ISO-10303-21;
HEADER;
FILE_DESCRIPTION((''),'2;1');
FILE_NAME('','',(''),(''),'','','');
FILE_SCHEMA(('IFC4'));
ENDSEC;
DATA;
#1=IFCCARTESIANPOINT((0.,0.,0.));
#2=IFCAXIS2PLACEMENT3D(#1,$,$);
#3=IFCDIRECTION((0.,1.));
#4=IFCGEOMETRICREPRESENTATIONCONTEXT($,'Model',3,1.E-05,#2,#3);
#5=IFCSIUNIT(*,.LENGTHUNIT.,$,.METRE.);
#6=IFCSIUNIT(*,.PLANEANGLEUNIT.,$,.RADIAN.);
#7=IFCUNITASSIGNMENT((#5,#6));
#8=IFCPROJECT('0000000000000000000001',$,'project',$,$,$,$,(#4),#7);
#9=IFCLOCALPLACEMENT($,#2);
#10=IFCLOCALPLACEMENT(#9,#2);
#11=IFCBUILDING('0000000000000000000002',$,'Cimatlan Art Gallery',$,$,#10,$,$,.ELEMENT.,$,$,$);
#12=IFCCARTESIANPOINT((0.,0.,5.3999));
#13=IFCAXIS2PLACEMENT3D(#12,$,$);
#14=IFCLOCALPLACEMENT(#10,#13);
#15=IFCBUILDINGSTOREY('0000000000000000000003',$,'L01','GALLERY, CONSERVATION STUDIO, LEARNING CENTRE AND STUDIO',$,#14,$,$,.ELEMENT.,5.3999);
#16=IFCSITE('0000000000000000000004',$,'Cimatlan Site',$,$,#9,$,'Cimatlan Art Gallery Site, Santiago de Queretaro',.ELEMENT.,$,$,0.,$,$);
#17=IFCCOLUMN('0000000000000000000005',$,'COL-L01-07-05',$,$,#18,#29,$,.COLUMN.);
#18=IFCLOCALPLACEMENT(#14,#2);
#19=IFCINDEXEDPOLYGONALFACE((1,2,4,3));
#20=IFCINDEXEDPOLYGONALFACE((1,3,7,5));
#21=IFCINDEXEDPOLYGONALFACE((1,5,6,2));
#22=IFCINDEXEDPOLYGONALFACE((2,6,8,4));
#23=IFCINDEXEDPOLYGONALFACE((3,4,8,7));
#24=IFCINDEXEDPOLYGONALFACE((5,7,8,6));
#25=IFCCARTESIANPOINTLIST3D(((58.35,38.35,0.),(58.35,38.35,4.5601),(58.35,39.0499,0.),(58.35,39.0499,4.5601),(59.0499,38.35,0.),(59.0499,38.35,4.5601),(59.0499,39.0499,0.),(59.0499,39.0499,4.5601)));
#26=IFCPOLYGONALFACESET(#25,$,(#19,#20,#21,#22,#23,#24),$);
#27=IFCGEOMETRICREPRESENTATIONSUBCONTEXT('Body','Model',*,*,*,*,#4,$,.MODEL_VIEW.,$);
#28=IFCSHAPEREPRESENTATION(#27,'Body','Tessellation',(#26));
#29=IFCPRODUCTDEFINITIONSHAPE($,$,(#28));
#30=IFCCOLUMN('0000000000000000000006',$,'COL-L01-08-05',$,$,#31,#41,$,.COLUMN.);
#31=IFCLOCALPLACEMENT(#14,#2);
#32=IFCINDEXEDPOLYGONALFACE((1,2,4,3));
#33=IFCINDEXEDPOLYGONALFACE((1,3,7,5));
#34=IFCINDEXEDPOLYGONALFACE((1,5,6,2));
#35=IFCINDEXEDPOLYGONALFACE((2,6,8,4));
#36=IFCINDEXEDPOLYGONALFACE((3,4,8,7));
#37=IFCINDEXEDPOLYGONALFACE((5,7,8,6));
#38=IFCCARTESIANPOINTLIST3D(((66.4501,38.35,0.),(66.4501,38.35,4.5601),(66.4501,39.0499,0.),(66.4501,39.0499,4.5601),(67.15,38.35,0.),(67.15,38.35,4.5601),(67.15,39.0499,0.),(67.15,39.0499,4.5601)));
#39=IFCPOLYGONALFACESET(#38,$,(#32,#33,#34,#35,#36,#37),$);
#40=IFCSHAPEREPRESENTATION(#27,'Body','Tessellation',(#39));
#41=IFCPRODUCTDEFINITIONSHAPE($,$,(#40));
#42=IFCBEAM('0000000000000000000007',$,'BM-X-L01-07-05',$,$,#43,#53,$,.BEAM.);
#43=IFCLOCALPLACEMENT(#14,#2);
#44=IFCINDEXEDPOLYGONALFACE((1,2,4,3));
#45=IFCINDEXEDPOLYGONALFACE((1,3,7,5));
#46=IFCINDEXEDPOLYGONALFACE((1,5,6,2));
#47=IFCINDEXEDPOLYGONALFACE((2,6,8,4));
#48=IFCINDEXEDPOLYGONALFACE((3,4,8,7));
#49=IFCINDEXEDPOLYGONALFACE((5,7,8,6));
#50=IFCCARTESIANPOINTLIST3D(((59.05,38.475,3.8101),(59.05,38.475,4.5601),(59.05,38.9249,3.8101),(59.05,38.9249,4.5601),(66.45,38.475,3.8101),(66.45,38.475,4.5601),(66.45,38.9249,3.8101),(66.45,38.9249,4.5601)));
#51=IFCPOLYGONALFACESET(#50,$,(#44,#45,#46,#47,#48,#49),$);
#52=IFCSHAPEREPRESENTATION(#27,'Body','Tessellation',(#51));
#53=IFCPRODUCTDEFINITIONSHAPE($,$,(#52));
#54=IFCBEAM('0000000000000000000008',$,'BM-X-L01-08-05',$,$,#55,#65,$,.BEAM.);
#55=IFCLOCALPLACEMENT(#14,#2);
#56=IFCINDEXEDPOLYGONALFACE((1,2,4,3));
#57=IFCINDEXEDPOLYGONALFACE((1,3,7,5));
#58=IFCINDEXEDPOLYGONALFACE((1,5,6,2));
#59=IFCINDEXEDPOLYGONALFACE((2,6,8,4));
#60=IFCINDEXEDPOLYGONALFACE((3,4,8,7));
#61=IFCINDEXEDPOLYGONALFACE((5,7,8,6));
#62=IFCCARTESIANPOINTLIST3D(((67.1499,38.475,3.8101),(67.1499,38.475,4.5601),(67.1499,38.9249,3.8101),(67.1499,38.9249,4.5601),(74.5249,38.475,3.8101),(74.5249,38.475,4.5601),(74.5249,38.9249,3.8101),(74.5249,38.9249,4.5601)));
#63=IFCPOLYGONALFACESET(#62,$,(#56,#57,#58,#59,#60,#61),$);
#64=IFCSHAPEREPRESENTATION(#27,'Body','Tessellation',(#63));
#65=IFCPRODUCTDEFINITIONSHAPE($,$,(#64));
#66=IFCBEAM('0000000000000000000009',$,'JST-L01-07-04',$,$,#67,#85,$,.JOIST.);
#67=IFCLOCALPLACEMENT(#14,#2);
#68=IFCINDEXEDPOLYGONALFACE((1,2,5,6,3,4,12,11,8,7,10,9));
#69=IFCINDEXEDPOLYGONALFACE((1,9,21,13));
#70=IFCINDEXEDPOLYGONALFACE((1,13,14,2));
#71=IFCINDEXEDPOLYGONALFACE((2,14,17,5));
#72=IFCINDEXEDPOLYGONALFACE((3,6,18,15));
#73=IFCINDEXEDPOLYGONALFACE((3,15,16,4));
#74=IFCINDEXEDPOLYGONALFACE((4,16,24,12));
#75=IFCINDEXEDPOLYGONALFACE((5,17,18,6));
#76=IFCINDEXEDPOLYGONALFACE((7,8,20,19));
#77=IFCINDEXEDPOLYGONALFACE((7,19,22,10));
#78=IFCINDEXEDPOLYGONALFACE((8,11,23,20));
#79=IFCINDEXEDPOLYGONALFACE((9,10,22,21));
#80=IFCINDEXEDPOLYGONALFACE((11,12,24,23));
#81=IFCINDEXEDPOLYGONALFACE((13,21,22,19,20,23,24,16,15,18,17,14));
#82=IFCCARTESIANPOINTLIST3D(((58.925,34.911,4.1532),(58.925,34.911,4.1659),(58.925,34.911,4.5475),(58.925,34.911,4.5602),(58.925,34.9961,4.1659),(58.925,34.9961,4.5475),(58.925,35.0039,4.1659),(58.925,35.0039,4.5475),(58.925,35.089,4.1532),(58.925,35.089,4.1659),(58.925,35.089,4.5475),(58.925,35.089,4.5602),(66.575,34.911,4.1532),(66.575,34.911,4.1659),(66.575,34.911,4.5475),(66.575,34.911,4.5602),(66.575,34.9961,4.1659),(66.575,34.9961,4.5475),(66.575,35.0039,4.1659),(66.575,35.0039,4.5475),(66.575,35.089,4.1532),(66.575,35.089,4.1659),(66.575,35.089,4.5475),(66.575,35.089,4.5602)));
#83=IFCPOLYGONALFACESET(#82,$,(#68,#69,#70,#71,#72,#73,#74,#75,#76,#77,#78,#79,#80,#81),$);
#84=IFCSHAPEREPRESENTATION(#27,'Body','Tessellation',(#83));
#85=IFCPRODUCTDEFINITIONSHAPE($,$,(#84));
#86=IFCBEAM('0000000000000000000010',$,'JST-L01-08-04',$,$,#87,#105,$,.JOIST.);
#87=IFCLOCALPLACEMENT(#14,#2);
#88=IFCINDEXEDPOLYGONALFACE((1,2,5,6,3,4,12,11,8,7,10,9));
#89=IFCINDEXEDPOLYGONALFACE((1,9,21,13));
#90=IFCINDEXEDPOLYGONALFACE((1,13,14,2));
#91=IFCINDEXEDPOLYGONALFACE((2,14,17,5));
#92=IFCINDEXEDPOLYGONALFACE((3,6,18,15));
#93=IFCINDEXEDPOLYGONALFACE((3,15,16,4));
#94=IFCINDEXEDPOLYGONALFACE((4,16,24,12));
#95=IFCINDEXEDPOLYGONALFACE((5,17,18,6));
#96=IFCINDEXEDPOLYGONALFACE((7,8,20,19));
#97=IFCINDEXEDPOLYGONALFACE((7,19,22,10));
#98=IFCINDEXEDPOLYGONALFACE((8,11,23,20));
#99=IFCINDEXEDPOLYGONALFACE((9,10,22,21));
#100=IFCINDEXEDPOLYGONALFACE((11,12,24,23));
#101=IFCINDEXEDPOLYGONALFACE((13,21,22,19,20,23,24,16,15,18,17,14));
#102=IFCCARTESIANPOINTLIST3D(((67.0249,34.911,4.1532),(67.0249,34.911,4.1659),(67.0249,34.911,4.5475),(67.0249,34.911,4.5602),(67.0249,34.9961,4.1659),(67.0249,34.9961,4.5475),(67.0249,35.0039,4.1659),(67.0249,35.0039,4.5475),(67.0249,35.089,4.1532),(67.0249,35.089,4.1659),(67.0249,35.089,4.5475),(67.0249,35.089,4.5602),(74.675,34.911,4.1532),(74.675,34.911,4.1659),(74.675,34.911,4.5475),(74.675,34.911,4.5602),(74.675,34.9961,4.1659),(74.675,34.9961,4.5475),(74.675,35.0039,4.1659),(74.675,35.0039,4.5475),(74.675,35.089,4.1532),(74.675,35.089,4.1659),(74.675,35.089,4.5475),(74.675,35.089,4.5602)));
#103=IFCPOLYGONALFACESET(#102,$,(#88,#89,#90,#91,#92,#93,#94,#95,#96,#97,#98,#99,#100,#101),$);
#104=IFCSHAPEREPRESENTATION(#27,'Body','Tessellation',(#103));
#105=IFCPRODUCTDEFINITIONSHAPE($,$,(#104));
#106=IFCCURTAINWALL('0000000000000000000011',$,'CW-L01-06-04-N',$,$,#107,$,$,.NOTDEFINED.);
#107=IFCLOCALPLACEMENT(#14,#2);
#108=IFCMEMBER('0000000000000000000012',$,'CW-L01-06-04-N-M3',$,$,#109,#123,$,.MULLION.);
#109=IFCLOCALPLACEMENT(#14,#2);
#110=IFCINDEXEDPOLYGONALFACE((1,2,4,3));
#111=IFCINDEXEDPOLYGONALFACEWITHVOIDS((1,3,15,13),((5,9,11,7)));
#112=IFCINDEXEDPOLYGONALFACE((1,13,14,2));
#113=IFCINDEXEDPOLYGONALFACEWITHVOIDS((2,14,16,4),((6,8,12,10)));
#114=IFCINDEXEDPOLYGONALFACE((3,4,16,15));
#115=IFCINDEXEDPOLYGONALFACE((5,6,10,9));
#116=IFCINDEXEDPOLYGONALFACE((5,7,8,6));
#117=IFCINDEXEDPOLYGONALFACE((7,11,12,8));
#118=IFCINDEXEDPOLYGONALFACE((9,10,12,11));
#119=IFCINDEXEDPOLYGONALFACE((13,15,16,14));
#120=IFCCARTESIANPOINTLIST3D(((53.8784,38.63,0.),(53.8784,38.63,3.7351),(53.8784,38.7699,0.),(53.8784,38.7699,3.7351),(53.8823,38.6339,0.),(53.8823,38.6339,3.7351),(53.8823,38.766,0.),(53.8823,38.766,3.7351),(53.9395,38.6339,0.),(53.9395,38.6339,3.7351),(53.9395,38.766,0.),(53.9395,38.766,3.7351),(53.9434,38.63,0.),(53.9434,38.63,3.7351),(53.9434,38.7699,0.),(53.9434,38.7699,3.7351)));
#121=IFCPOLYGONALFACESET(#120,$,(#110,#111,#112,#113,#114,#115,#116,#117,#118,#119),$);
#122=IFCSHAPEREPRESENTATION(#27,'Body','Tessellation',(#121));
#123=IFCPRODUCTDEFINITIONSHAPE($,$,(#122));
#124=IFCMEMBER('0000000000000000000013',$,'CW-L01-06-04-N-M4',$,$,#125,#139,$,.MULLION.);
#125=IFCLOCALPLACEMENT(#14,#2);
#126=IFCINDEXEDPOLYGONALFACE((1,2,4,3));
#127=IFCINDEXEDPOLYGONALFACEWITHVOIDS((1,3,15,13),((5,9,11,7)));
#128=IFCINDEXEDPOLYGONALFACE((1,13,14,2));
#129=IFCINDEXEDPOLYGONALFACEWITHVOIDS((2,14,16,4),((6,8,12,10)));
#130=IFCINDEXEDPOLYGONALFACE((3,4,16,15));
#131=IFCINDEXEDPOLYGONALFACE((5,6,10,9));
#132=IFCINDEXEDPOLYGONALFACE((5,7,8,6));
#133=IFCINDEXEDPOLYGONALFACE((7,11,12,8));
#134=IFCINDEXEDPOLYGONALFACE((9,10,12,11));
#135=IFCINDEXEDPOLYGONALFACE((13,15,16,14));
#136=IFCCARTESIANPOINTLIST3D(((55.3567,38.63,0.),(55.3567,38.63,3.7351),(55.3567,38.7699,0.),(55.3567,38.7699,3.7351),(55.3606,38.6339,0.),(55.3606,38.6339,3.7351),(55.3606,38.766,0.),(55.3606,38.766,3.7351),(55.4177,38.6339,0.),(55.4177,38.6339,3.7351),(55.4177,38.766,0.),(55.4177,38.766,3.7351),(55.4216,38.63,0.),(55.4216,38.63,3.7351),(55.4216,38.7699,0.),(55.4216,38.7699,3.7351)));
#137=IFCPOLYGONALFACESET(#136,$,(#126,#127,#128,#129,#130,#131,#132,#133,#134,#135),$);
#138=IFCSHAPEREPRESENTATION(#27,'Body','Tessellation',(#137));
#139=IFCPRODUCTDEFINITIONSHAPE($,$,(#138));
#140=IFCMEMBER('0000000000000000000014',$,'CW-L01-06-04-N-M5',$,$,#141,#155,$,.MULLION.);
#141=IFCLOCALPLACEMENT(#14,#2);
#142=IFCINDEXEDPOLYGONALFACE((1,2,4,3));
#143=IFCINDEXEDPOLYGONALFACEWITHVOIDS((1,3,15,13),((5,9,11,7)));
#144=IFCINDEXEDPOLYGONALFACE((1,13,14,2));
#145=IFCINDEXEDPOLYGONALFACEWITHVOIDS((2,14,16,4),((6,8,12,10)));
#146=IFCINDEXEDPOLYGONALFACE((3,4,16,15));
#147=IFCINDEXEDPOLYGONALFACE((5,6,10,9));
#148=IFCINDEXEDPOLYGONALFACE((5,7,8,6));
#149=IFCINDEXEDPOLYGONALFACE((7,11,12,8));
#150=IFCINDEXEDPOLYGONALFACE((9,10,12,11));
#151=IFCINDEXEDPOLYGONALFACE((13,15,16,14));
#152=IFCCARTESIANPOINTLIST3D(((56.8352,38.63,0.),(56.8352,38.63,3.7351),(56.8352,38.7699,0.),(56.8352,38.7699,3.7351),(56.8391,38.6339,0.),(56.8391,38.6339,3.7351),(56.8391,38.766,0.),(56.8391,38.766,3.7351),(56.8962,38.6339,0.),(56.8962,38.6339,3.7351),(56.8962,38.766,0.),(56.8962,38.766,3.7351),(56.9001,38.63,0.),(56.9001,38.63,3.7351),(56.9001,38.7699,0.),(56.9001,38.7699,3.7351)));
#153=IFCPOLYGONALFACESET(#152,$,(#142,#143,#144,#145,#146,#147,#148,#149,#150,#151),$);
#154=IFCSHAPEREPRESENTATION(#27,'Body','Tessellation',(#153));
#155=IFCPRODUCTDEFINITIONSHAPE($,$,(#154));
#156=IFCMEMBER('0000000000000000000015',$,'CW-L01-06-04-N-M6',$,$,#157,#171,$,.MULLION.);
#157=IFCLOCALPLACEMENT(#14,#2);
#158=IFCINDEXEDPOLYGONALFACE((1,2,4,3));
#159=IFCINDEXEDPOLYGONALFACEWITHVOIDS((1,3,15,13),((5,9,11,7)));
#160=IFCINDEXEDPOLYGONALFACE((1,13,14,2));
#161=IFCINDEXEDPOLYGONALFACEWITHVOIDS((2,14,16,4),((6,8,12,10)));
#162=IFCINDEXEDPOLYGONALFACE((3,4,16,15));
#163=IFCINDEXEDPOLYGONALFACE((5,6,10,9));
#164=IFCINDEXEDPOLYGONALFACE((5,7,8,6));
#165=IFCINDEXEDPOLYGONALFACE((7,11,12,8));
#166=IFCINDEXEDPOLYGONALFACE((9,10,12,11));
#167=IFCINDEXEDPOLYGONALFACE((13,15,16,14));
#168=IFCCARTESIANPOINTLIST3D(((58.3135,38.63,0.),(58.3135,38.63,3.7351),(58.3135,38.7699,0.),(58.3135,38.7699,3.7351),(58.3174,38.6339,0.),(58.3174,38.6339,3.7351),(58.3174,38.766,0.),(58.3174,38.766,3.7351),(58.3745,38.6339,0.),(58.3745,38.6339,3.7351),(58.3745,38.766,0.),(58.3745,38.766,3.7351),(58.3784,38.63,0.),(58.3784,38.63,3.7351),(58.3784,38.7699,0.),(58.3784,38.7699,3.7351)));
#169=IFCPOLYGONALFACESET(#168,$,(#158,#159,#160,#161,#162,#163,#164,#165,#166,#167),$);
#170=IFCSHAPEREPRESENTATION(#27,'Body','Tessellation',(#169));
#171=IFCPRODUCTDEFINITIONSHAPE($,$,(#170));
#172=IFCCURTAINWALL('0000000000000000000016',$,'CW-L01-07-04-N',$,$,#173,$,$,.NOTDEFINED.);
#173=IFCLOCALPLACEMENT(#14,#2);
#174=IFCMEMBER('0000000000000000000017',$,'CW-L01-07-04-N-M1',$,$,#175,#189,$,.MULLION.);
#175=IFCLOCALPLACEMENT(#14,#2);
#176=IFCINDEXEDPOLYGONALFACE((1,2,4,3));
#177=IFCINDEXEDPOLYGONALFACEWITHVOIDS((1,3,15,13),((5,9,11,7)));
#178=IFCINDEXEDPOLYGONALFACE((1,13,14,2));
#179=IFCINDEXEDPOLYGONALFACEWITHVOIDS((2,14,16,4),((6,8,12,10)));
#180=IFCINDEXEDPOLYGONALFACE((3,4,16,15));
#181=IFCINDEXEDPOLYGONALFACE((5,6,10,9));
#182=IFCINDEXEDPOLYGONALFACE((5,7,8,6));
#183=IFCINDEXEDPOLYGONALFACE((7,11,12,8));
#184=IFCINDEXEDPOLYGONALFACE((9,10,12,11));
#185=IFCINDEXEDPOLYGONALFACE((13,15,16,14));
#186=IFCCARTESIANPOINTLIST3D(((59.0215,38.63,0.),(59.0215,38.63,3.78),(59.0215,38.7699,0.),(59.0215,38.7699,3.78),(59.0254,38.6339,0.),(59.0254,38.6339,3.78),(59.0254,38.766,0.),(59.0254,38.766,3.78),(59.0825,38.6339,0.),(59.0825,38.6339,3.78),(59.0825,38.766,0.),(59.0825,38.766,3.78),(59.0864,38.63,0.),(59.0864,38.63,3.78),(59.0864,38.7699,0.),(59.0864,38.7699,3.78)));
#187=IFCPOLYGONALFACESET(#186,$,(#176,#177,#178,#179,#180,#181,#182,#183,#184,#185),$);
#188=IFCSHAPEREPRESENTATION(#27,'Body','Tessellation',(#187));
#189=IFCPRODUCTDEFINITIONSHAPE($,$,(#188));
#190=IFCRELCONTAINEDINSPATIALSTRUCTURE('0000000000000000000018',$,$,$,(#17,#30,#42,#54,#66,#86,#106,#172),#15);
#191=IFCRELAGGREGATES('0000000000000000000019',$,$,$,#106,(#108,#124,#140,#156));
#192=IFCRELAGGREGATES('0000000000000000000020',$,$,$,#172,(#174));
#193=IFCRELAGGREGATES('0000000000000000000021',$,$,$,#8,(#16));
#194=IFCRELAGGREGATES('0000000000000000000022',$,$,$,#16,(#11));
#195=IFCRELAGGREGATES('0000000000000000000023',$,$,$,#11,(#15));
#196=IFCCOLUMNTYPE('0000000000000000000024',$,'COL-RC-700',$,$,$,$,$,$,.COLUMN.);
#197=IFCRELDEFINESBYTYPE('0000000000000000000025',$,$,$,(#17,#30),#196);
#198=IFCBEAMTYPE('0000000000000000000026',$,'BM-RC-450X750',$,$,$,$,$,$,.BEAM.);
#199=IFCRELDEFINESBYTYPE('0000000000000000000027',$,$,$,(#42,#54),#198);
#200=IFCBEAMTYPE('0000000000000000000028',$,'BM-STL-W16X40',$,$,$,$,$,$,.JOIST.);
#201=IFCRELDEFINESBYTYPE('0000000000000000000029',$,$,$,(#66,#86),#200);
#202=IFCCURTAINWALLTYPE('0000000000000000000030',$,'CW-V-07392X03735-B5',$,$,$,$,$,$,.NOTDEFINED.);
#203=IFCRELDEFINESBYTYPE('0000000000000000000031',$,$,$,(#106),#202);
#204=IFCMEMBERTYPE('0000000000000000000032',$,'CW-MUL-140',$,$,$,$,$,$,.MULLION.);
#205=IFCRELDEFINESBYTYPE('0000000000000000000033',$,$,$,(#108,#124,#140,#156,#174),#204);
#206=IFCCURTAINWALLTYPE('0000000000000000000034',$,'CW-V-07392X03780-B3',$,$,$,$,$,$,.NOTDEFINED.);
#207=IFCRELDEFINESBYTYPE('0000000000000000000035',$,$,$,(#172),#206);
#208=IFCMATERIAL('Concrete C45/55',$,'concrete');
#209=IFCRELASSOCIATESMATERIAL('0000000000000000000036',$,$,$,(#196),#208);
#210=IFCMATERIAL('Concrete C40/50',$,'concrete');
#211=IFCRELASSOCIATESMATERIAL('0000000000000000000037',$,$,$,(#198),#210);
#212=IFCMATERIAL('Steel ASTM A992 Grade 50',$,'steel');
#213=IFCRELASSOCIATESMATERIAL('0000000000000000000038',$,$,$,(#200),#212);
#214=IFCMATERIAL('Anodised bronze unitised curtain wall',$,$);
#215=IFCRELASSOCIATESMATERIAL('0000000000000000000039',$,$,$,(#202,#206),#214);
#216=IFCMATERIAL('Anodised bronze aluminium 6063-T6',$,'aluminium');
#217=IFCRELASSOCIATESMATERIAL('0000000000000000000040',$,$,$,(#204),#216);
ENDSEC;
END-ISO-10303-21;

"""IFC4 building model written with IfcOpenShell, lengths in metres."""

from ifc_helpers import new_model, si_unit, direction, frame, origin, origin_2d, place, context, subcontext, project, spatial, rectangle, hollow_rectangle, i_section, extrude, material, material_profile, profile_set, type_object, element, aggregate, save


model = new_model("IFC4")

# Units and contexts
model_context = context("Model", 3, precision=1e-05, world=origin(), true_north=direction((0.0, 1.0)))
body_context = subcontext(model_context, "Body", "Model", "MODEL_VIEW")
ifc_project = project(units=[si_unit("LENGTHUNIT", "METRE"), si_unit("PLANEANGLEUNIT", "RADIAN")], contexts=[model_context])

# Site, building, storey
site_placement = place(None, origin())
site = spatial("IfcSite", under=ifc_project, at=site_placement, Name="Cimatlan Site", LongName="Cimatlan Art Gallery Site, Santiago de Queretaro", CompositionType="ELEMENT", RefElevation=0.0)
building_placement = place(site_placement, origin())
building = spatial("IfcBuilding", under=site, at=building_placement, Name="Cimatlan Art Gallery", CompositionType="ELEMENT")
storey_placement = place(building_placement, frame((0.0, 0.0, 5.3999)))
storey = spatial("IfcBuildingStorey", under=building, at=storey_placement, Name="L01", Description="GALLERY, CONSERVATION STUDIO, LEARNING CENTRE AND STUDIO", CompositionType="ELEMENT", Elevation=5.3999)

# Columns
ifc_material_1 = material(Name="Concrete C45/55", Category="concrete")
ifc_material_profile_1 = material_profile(ifc_material_1, rectangle(XDim=0.7, YDim=0.7, at=origin_2d()), Name="RC700X700")
ifc_profile_set_1 = profile_set([ifc_material_profile_1], Name="Concrete C45/55")
column_type = type_object("IfcColumnType", Name="COL-RC-700", PredefinedType="COLUMN", material=ifc_profile_set_1)
for number, where, z_axis, x_axis, name in (
    (1, (58.7, 38.7, 0.0), (0.0, 0.0, 1.0), (1.0, 0.0, 0.0), "COL-L01-07-05"),
    (2, (66.8, 38.7, 0.0), (0.0, 0.0, 1.0), (1.0, 0.0, 0.0), "COL-L01-08-05"),
):
    element("IfcColumn", number, at=place(storey_placement, frame(where, z_axis=z_axis, x_axis=x_axis)), inside=storey, type_object=column_type, Name=name, PredefinedType="COLUMN", context=body_context, shape_type="SweptSolid", body=[
        extrude(rectangle(XDim=0.7, YDim=0.7, at=origin_2d()), origin(), (0.0, 0.0, 1.0), 4.5601),
    ])

# Beams
ifc_material_2 = material(Name="Concrete C40/50", Category="concrete")
ifc_material_profile_2 = material_profile(ifc_material_2, rectangle(XDim=0.45, YDim=0.75, at=origin_2d()), Name="RC450X750")
ifc_profile_set_2 = profile_set([ifc_material_profile_2], Name="Concrete C40/50")
beam_type_1 = type_object("IfcBeamType", Name="BM-RC-450X750", PredefinedType="BEAM", material=ifc_profile_set_2)
beam_1_placement = place(storey_placement, frame((59.05, 38.7, 4.1851), z_axis=(1.0, 0.0, 0.0), x_axis=(0.0, 1.0, 0.0)))
element("IfcBeam", 3, at=beam_1_placement, inside=storey, type_object=beam_type_1, Name="BM-X-L01-07-05", PredefinedType="BEAM", context=body_context, shape_type="SweptSolid", body=[
    extrude(rectangle(XDim=0.45, YDim=0.75, at=origin_2d()), origin(), (0.0, 0.0, 1.0), 7.3999),
])
beam_2_placement = place(storey_placement, frame((67.1499, 38.7, 4.1851), z_axis=(1.0, 0.0, 0.0), x_axis=(0.0, 1.0, 0.0)))
element("IfcBeam", 4, at=beam_2_placement, inside=storey, type_object=beam_type_1, Name="BM-X-L01-08-05", PredefinedType="BEAM", context=body_context, shape_type="SweptSolid", body=[
    extrude(rectangle(XDim=0.45, YDim=0.75, at=origin_2d()), origin(), (0.0, 0.0, 1.0), 7.375),
])
ifc_material_3 = material(Name="Steel ASTM A992 Grade 50", Category="steel")
ifc_material_profile_3 = material_profile(ifc_material_3, i_section(OverallWidth=0.178, OverallDepth=0.407, WebThickness=0.0078, FlangeThickness=0.0127, at=origin_2d()), Name="W16X40")
ifc_profile_set_3 = profile_set([ifc_material_profile_3], Name="Steel ASTM A992 Grade 50")
beam_type_2 = type_object("IfcBeamType", Name="BM-STL-W16X40", PredefinedType="JOIST", material=ifc_profile_set_3)
beam_3_placement = place(storey_placement, frame((58.925, 35.0, 4.3567), z_axis=(1.0, 0.0, 0.0), x_axis=(0.0, 1.0, 0.0)))
element("IfcBeam", 5, at=beam_3_placement, inside=storey, type_object=beam_type_2, Name="JST-L01-07-04", PredefinedType="JOIST", context=body_context, shape_type="SweptSolid", body=[
    extrude(i_section(OverallWidth=0.178, OverallDepth=0.407, WebThickness=0.0078, FlangeThickness=0.0127, at=origin_2d()), origin(), (0.0, 0.0, 1.0), 7.6499),
])
beam_4_placement = place(storey_placement, frame((67.0249, 35.0, 4.3567), z_axis=(1.0, 0.0, 0.0), x_axis=(0.0, 1.0, 0.0)))
element("IfcBeam", 6, at=beam_4_placement, inside=storey, type_object=beam_type_2, Name="JST-L01-08-04", PredefinedType="JOIST", context=body_context, shape_type="SweptSolid", body=[
    extrude(i_section(OverallWidth=0.178, OverallDepth=0.407, WebThickness=0.0078, FlangeThickness=0.0127, at=origin_2d()), origin(), (0.0, 0.0, 1.0), 7.6501),
])

# Curtain walls, members
ifc_material_4 = material(Name="Anodised bronze unitised curtain wall")
curtain_wall_type_1 = type_object("IfcCurtainWallType", Name="CW-V-07392X03735-B5", PredefinedType="NOTDEFINED", material=ifc_material_4)
curtain_wall_1_placement = place(storey_placement, origin())
curtain_wall_1 = element("IfcCurtainWall", 7, at=curtain_wall_1_placement, inside=storey, type_object=curtain_wall_type_1, Name="CW-L01-06-04-N", PredefinedType="NOTDEFINED")
ifc_material_5 = material(Name="Anodised bronze aluminium 6063-T6", Category="aluminium")
ifc_material_profile_4 = material_profile(ifc_material_5, hollow_rectangle(XDim=0.0649, YDim=0.1399, WallThickness=0.0039, at=origin_2d()), Name="ALU65X140X4")
ifc_profile_set_4 = profile_set([ifc_material_profile_4], Name="Anodised bronze aluminium 6063-T6")
member_type_1 = type_object("IfcMemberType", Name="CW-MUL-140", PredefinedType="MULLION", material=ifc_profile_set_4)
member_1_placement = place(storey_placement, frame((53.9109, 38.7, 0.0), z_axis=(0.0, 0.0, 1.0), x_axis=(1.0, 0.0, 0.0)))
member_1 = element("IfcMember", 8, at=member_1_placement, type_object=member_type_1, Name="CW-L01-06-04-N-M3", PredefinedType="MULLION", context=body_context, shape_type="SweptSolid", body=[
    extrude(hollow_rectangle(XDim=0.0649, YDim=0.1399, WallThickness=0.0039, at=origin_2d()), origin(), (0.0, 0.0, 1.0), 3.7351),
])
member_2_placement = place(storey_placement, frame((55.3892, 38.7, 0.0), z_axis=(0.0, 0.0, 1.0), x_axis=(1.0, 0.0, 0.0)))
member_2 = element("IfcMember", 9, at=member_2_placement, type_object=member_type_1, Name="CW-L01-06-04-N-M4", PredefinedType="MULLION", context=body_context, shape_type="SweptSolid", body=[
    extrude(hollow_rectangle(XDim=0.0649, YDim=0.1399, WallThickness=0.0039, at=origin_2d()), origin(), (0.0, 0.0, 1.0), 3.7351),
])
member_3_placement = place(storey_placement, frame((56.8677, 38.7, 0.0), z_axis=(0.0, 0.0, 1.0), x_axis=(1.0, 0.0, 0.0)))
member_3 = element("IfcMember", 10, at=member_3_placement, type_object=member_type_1, Name="CW-L01-06-04-N-M5", PredefinedType="MULLION", context=body_context, shape_type="SweptSolid", body=[
    extrude(hollow_rectangle(XDim=0.0649, YDim=0.1399, WallThickness=0.0039, at=origin_2d()), origin(), (0.0, 0.0, 1.0), 3.7351),
])
member_4_placement = place(storey_placement, frame((58.3459, 38.7, 0.0), z_axis=(0.0, 0.0, 1.0), x_axis=(1.0, 0.0, 0.0)))
member_4 = element("IfcMember", 11, at=member_4_placement, type_object=member_type_1, Name="CW-L01-06-04-N-M6", PredefinedType="MULLION", context=body_context, shape_type="SweptSolid", body=[
    extrude(hollow_rectangle(XDim=0.0649, YDim=0.1399, WallThickness=0.0039, at=origin_2d()), origin(), (0.0, 0.0, 1.0), 3.7351),
])
curtain_wall_type_2 = type_object("IfcCurtainWallType", Name="CW-V-07392X03780-B3", PredefinedType="NOTDEFINED", material=ifc_material_4)
curtain_wall_2_placement = place(storey_placement, origin())
curtain_wall_2 = element("IfcCurtainWall", 12, at=curtain_wall_2_placement, inside=storey, type_object=curtain_wall_type_2, Name="CW-L01-07-04-N", PredefinedType="NOTDEFINED")
member_5_placement = place(storey_placement, frame((59.054, 38.7, 0.0), z_axis=(0.0, 0.0, 1.0), x_axis=(1.0, 0.0, 0.0)))
member_5 = element("IfcMember", 13, at=member_5_placement, type_object=member_type_1, Name="CW-L01-07-04-N-M1", PredefinedType="MULLION", context=body_context, shape_type="SweptSolid", body=[
    extrude(hollow_rectangle(XDim=0.0649, YDim=0.1399, WallThickness=0.0039, at=origin_2d()), origin(), (0.0, 0.0, 1.0), 3.78),
])

aggregate(curtain_wall_1, [member_1, member_2, member_3, member_4])
aggregate(curtain_wall_2, [member_5])

save(model, "model.ifc")
